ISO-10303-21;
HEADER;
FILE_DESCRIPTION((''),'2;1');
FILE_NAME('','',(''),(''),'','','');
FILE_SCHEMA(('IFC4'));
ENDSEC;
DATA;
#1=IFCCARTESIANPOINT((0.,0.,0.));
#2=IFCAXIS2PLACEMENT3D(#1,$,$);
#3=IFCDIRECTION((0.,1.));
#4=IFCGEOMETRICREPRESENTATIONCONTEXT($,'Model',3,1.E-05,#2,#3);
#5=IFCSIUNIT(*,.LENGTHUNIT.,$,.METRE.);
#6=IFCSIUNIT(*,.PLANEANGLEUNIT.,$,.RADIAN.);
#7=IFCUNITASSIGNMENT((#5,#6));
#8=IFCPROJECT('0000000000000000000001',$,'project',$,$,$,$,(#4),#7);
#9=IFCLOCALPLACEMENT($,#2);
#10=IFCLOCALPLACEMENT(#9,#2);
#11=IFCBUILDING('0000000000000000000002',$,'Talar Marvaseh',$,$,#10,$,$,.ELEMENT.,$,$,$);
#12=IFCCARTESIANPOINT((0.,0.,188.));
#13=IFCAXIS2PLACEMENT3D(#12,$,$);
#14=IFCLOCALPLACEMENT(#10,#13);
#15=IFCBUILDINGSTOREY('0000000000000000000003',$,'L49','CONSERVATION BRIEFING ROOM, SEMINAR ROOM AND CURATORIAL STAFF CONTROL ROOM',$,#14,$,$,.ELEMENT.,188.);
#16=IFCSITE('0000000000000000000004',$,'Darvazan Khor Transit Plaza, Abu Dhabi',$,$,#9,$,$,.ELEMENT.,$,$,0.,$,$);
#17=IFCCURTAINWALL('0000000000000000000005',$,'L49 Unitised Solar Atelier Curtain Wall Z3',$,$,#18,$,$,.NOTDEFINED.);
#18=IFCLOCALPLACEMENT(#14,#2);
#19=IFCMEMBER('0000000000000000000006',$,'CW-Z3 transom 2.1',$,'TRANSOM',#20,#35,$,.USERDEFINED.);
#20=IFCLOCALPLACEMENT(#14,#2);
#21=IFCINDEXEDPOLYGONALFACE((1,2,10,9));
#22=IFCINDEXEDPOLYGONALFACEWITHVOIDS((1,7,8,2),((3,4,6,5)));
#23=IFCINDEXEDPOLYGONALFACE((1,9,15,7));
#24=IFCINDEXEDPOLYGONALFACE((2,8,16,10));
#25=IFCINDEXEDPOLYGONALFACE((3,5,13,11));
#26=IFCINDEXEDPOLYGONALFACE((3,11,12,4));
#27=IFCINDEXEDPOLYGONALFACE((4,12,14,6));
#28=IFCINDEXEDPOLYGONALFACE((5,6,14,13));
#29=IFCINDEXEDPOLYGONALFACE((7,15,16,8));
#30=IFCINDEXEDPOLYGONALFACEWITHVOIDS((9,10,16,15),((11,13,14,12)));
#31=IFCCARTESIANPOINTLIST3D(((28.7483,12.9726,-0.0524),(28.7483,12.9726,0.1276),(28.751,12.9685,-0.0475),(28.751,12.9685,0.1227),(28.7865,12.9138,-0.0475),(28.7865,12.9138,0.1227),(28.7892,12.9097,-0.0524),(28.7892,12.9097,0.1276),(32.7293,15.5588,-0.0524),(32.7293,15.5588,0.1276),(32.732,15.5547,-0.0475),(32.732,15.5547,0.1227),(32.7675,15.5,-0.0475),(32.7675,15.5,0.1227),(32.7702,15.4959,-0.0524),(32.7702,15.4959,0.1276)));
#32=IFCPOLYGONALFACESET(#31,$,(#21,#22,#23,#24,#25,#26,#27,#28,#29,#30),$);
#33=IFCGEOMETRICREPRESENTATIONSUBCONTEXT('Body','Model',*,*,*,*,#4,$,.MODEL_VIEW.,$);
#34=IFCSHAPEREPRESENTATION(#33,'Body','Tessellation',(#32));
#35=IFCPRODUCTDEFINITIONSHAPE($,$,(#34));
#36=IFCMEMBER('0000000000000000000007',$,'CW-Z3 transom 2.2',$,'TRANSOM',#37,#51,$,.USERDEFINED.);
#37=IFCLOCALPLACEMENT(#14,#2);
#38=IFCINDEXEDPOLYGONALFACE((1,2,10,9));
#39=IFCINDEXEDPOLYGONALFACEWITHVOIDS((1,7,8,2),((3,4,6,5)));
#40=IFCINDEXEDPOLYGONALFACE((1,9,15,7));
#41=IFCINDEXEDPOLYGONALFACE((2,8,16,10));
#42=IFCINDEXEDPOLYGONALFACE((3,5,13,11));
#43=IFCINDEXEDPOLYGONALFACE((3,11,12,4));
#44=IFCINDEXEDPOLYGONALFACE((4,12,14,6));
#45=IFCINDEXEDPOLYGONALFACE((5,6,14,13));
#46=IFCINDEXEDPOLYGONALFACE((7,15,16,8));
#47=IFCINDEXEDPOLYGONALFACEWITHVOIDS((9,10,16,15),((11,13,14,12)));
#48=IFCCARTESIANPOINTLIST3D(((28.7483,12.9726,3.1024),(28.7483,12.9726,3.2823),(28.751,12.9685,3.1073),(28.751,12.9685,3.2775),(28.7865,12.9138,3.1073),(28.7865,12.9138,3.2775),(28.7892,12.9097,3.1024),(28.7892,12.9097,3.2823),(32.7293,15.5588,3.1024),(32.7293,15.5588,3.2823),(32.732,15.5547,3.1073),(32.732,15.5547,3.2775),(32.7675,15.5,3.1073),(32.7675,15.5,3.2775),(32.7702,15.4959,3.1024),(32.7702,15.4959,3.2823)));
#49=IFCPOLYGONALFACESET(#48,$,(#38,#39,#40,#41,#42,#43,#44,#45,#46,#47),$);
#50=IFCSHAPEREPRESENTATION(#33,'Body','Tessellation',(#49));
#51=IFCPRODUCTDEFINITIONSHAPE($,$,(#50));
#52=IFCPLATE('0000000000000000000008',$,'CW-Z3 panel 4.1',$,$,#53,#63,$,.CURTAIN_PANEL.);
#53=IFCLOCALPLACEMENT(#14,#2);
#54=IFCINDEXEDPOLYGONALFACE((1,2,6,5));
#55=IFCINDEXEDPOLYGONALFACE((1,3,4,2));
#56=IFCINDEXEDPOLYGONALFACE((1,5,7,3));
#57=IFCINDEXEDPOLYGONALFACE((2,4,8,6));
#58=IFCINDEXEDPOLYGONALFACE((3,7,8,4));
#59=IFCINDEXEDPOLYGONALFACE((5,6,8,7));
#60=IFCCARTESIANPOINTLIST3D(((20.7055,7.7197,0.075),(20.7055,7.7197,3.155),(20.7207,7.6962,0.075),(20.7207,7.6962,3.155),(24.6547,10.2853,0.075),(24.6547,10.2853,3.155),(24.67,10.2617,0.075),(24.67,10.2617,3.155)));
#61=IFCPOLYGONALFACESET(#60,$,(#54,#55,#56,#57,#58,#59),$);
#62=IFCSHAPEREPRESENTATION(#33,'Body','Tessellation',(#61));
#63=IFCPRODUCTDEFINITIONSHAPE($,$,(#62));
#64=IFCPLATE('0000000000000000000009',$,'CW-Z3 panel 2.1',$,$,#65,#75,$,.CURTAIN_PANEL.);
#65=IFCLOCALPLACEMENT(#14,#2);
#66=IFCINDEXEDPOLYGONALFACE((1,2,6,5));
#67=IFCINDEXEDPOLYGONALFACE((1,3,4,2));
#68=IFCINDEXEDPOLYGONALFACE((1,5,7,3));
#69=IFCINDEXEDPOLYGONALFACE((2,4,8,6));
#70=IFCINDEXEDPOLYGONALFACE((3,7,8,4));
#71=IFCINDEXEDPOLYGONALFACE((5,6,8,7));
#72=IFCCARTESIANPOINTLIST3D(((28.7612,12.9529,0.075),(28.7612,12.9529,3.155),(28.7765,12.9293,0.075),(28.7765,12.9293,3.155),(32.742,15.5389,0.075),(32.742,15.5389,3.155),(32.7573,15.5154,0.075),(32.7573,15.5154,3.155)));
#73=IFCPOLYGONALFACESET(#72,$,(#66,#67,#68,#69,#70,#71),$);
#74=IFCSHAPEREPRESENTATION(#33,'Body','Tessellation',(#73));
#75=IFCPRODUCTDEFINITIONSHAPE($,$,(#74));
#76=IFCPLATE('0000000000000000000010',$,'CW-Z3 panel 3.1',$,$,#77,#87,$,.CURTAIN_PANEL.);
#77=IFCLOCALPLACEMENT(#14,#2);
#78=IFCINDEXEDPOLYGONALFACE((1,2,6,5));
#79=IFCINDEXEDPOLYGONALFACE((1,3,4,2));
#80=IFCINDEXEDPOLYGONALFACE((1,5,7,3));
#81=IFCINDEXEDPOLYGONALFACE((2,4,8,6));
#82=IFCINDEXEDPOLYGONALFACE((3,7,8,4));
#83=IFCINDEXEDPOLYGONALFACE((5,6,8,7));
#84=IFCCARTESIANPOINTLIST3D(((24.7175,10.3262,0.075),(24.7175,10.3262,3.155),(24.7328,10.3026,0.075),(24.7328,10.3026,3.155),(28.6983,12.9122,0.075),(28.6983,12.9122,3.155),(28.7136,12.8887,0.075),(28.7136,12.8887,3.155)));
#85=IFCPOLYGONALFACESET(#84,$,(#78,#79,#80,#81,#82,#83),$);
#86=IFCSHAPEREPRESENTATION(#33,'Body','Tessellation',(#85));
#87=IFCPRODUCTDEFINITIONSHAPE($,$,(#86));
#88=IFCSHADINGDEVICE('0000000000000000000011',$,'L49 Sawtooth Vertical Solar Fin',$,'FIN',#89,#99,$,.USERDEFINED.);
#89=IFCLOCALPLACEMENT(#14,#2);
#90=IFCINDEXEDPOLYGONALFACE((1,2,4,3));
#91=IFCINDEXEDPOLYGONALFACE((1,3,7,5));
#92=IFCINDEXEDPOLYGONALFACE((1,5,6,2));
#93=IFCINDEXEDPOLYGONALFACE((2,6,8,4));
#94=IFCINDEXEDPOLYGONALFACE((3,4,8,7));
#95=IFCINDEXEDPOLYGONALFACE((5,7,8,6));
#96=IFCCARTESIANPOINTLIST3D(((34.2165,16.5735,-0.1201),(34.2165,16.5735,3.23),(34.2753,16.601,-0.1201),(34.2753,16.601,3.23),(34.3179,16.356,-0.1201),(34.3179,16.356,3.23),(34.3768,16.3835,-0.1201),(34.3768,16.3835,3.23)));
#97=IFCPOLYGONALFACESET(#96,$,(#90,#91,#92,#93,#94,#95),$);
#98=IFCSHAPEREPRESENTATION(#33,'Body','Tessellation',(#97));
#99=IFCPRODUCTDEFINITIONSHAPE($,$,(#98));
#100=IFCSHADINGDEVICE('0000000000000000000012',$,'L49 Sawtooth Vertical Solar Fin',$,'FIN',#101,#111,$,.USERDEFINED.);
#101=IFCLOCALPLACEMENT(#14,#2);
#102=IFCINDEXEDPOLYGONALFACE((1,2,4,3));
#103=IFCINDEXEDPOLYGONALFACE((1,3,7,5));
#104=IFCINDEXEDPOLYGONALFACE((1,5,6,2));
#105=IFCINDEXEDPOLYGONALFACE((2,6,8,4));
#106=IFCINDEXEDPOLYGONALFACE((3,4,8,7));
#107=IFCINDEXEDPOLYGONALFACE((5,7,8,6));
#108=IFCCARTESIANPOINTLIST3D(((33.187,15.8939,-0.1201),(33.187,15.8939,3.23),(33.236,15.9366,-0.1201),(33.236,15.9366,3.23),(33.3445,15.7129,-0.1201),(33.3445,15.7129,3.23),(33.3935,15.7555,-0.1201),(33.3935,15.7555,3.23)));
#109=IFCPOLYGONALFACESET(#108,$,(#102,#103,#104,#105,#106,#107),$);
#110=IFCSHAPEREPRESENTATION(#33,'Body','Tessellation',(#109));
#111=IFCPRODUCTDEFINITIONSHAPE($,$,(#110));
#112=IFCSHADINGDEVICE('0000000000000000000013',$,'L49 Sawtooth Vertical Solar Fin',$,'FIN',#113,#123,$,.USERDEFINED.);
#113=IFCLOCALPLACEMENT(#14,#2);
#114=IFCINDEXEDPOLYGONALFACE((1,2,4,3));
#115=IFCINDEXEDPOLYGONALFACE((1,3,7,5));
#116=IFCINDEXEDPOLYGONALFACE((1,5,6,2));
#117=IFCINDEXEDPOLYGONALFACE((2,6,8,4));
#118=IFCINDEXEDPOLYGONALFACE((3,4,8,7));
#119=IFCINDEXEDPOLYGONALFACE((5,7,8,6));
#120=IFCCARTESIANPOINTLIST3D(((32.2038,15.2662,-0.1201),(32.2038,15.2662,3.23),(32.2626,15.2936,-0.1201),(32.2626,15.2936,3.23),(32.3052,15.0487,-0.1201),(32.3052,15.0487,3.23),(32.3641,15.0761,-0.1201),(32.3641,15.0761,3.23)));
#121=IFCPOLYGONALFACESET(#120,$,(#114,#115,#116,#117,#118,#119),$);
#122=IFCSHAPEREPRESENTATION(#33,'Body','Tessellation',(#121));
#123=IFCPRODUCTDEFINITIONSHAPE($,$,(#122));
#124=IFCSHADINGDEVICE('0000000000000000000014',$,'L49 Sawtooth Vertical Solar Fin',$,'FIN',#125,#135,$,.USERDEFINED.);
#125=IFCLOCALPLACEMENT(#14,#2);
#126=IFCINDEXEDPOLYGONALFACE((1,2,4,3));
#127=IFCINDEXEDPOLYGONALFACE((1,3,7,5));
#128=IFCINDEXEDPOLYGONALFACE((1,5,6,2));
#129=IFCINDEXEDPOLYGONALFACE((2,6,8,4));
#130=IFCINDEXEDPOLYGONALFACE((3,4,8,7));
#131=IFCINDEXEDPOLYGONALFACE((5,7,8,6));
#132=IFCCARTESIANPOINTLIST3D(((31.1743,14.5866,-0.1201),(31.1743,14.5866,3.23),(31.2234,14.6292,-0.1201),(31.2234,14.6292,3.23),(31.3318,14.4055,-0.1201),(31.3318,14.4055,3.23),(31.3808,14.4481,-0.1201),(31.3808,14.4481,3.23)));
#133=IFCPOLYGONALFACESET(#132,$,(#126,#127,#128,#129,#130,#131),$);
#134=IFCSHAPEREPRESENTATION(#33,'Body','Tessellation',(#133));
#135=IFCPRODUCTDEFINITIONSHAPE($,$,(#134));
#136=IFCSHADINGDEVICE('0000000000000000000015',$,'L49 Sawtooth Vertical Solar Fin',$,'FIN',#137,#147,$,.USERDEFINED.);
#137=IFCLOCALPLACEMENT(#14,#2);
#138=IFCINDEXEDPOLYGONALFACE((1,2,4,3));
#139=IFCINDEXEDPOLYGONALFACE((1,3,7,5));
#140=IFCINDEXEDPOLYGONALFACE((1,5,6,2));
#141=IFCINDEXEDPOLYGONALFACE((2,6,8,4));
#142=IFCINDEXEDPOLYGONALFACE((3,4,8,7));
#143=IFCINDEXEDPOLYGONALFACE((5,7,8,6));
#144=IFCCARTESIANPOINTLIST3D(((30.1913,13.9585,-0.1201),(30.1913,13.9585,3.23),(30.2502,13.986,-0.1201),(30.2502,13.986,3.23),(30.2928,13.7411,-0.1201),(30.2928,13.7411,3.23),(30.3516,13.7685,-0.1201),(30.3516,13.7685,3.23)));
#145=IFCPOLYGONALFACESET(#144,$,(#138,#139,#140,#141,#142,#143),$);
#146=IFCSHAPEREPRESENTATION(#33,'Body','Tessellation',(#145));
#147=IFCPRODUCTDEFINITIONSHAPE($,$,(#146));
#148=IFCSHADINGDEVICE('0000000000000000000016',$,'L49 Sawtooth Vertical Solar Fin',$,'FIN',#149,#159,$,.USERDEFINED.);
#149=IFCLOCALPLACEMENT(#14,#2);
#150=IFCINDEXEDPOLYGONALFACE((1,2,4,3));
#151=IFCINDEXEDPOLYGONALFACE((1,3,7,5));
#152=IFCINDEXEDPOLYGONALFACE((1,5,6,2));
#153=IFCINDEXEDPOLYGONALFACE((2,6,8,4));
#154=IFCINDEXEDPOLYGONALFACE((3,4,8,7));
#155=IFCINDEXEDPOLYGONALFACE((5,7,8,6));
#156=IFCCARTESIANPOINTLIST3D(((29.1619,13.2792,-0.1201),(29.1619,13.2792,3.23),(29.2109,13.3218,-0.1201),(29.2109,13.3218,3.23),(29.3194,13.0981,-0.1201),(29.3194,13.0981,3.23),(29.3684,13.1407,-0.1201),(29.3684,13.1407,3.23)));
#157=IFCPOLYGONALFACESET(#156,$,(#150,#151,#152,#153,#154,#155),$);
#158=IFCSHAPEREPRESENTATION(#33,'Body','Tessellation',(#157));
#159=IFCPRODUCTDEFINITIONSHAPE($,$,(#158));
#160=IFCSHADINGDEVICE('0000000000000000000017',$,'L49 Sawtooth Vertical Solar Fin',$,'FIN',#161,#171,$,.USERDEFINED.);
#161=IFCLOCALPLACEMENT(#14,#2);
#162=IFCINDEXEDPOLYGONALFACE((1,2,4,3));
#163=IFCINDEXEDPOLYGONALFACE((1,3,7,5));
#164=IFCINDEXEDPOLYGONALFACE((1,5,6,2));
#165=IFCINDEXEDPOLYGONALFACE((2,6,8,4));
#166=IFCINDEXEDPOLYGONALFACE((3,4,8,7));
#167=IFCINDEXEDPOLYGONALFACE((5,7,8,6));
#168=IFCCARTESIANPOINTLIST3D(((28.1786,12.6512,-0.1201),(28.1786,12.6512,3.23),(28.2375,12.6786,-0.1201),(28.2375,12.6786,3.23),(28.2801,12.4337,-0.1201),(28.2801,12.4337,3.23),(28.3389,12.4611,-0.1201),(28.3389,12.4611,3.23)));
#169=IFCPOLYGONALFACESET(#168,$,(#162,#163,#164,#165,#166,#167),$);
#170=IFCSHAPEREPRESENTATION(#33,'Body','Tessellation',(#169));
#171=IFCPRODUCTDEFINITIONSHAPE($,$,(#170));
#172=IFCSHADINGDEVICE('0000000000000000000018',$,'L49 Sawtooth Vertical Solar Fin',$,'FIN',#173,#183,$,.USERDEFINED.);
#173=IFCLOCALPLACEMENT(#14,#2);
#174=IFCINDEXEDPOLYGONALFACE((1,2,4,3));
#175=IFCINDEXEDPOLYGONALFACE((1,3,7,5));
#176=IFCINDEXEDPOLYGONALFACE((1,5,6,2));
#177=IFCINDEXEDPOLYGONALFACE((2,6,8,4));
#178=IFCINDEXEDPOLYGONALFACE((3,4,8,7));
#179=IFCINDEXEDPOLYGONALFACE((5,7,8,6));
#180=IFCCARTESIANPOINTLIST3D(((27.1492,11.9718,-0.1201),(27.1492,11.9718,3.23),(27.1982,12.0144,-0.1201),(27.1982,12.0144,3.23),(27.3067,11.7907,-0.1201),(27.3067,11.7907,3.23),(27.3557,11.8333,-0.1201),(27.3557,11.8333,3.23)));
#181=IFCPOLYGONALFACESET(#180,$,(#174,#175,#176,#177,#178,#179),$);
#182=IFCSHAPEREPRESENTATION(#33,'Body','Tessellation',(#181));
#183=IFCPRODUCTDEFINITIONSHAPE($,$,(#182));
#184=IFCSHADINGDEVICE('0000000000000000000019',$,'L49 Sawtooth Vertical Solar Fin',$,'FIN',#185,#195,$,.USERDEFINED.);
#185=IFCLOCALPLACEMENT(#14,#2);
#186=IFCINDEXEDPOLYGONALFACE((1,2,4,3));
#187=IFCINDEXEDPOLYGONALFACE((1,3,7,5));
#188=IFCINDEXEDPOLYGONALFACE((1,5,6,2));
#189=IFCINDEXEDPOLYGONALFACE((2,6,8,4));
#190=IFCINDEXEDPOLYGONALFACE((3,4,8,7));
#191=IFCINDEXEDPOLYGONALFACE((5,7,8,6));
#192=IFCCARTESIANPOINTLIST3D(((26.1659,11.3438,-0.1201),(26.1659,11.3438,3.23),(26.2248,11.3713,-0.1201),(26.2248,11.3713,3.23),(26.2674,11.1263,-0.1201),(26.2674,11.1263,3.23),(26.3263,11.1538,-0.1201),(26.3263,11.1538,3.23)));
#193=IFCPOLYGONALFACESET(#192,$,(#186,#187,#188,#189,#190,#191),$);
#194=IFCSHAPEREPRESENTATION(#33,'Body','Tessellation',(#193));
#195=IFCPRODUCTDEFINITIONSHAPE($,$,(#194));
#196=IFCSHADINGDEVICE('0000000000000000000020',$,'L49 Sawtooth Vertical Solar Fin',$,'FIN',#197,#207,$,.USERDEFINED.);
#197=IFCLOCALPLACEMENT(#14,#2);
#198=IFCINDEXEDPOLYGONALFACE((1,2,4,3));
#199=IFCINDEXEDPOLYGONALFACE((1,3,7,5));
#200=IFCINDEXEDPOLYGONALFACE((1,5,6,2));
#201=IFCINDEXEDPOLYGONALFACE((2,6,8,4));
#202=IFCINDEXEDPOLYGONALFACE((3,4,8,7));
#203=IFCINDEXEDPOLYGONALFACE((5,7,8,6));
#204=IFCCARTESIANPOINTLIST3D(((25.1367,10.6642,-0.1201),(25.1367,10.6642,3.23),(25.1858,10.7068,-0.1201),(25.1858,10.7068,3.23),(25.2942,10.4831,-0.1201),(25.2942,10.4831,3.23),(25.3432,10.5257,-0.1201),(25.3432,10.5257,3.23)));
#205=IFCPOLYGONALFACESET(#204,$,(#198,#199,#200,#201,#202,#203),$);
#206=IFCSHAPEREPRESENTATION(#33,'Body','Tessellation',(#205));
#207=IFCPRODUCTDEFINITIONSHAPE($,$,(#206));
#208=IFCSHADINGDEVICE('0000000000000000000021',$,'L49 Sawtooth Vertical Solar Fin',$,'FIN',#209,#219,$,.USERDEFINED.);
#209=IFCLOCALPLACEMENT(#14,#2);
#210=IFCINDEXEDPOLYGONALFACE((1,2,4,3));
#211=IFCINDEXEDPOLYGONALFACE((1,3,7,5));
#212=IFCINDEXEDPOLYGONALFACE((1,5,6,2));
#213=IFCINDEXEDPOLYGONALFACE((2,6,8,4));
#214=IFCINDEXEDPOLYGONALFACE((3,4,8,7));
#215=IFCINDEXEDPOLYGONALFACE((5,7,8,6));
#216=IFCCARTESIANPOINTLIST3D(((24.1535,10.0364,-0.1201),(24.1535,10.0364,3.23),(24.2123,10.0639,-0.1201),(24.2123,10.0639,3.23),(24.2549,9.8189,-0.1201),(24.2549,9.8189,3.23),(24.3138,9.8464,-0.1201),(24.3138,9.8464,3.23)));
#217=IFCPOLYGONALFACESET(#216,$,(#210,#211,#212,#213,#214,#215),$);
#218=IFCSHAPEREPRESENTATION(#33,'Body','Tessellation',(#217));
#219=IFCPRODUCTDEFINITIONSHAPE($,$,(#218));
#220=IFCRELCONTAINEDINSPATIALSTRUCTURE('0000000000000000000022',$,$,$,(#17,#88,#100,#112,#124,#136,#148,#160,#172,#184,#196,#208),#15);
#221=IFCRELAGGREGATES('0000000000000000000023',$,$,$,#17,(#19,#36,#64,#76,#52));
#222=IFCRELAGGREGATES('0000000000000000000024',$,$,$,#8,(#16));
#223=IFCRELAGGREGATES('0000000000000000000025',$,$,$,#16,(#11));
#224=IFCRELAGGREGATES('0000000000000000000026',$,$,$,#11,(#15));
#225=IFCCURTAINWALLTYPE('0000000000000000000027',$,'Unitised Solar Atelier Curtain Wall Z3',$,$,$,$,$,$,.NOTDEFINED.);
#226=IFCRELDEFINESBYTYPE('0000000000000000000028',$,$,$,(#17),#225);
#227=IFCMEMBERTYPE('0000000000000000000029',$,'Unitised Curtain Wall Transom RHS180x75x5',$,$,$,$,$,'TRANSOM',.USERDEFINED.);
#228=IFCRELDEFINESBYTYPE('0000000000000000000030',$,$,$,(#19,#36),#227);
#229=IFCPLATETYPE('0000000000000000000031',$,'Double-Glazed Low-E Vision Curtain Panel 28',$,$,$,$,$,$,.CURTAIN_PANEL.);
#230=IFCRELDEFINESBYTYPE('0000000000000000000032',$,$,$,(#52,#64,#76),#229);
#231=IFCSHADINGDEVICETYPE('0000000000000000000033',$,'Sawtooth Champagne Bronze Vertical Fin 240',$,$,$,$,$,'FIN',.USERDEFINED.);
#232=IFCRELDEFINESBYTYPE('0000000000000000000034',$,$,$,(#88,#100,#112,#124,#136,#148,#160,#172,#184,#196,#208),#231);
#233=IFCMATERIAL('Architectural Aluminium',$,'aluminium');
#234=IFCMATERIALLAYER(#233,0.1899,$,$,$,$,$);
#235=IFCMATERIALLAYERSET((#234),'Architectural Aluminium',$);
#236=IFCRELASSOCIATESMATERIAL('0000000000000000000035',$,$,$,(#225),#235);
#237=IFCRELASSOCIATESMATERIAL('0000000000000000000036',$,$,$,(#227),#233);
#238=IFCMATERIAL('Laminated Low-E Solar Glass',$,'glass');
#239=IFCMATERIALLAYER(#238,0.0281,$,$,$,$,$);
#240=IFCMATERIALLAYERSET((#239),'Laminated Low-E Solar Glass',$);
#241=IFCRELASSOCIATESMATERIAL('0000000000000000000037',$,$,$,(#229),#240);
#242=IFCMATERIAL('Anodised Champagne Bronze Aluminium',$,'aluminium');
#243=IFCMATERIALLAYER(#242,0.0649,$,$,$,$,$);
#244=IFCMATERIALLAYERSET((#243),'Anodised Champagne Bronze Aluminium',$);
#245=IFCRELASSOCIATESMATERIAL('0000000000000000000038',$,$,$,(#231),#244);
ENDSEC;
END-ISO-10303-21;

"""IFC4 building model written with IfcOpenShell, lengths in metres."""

from ifc_helpers import new_model, si_unit, direction, frame, origin, origin_2d, place, context, subcontext, project, spatial, rectangle, hollow_rectangle, extrude, source, transform, mapped, material, layer, layer_set, material_profile, profile_set, type_object, type_shapes, element, aggregate, save


model = new_model("IFC4")

# Units and contexts
model_context = context("Model", 3, precision=1e-05, world=origin(), true_north=direction((0.0, 1.0)))
body_context = subcontext(model_context, "Body", "Model", "MODEL_VIEW")
ifc_project = project(units=[si_unit("LENGTHUNIT", "METRE"), si_unit("PLANEANGLEUNIT", "RADIAN")], contexts=[model_context])

# Site, building, storey
site_placement = place(None, origin())
site = spatial("IfcSite", under=ifc_project, at=site_placement, Name="Darvazan Khor Transit Plaza, Abu Dhabi", CompositionType="ELEMENT", RefElevation=0.0)
building_placement = place(site_placement, origin())
building = spatial("IfcBuilding", under=site, at=building_placement, Name="Talar Marvaseh", CompositionType="ELEMENT")
storey_placement = place(building_placement, frame((0.0, 0.0, 188.0)))
storey = spatial("IfcBuildingStorey", under=building, at=storey_placement, Name="L49", Description="CONSERVATION BRIEFING ROOM, SEMINAR ROOM AND CURATORIAL STAFF CONTROL ROOM", CompositionType="ELEMENT", Elevation=188.0)

# Curtain wall, members, plates
ifc_material_1 = material(Name="Architectural Aluminium", Category="aluminium")
ifc_layer_1 = layer(ifc_material_1, 0.1899)
ifc_layer_set_1 = layer_set([ifc_layer_1], Name="Architectural Aluminium")
curtain_wall_type = type_object("IfcCurtainWallType", Name="Unitised Solar Atelier Curtain Wall Z3", PredefinedType="NOTDEFINED", material=ifc_layer_set_1)
curtain_wall_placement = place(storey_placement, origin())
curtain_wall = element("IfcCurtainWall", 1, at=curtain_wall_placement, inside=storey, type_object=curtain_wall_type, Name="L49 Unitised Solar Atelier Curtain Wall Z3", PredefinedType="NOTDEFINED")
ifc_material_profile_1 = material_profile(ifc_material_1, hollow_rectangle(XDim=0.075, YDim=0.1799, WallThickness=0.0049, at=origin_2d()), Name="RHS180x75x5")
ifc_profile_set_1 = profile_set([ifc_material_profile_1], Name="Architectural Aluminium")
member_type_1 = type_object("IfcMemberType", Name="Unitised Curtain Wall Transom RHS180x75x5", ElementType="TRANSOM", PredefinedType="USERDEFINED", material=ifc_profile_set_1)
shared_shape_1 = source(origin(), body_context, "Body", "SweptSolid", [
    extrude(hollow_rectangle(XDim=0.075, YDim=0.1799, WallThickness=0.0049, at=origin_2d()), origin(), (0.0, 0.0, 1.0), 4.7473),
])
member_1_placement = place(storey_placement, frame((32.7498, 15.5273, 0.0376), z_axis=(-0.838582, -0.544775, 0.0), x_axis=(0.544775, -0.838582, 0.0)))
member_1 = element("IfcMember", 2, at=member_1_placement, type_object=member_type_1, Name="CW-Z3 transom 2.1", ObjectType="TRANSOM", PredefinedType="USERDEFINED", context=body_context, shape_type="MappedRepresentation", body=[
    mapped(shared_shape_1, transform((0.0, 0.0, 0.0), x_axis=(1.0, 0.0, 0.0), y_axis=(0.0, 1.0, 0.0), z_axis=(0.0, 0.0, 1.0), scale=1.0)),
])
member_2_placement = place(storey_placement, frame((32.7498, 15.5273, 3.1924), z_axis=(-0.838582, -0.544775, 0.0), x_axis=(0.544775, -0.838582, 0.0)))
member_2 = element("IfcMember", 3, at=member_2_placement, type_object=member_type_1, Name="CW-Z3 transom 2.2", ObjectType="TRANSOM", PredefinedType="USERDEFINED", context=body_context, shape_type="MappedRepresentation", body=[
    mapped(shared_shape_1, transform((0.0, 0.0, 0.0), x_axis=(1.0, 0.0, 0.0), y_axis=(0.0, 1.0, 0.0), z_axis=(0.0, 0.0, 1.0), scale=1.0)),
])
ifc_material_2 = material(Name="Laminated Low-E Solar Glass", Category="glass")
ifc_layer_2 = layer(ifc_material_2, 0.0281)
ifc_layer_set_2 = layer_set([ifc_layer_2], Name="Laminated Low-E Solar Glass")
plate_type = type_object("IfcPlateType", Name="Double-Glazed Low-E Vision Curtain Panel 28", PredefinedType="CURTAIN_PANEL", material=ifc_layer_set_2)
shared_shape_2 = source(origin(), body_context, "Body", "SweptSolid", [
    extrude(rectangle(XDim=4.7095, YDim=0.0281, at=origin_2d()), origin(), (0.0, 0.0, 1.0), 3.0801),
])
plate_1_placement = place(storey_placement, frame((22.6877, 8.9907, 0.075), z_axis=(0.0, 0.0, 1.0), x_axis=(-0.838585, -0.544771, 0.0)))
plate_1 = element("IfcPlate", 4, at=plate_1_placement, type_object=plate_type, Name="CW-Z3 panel 4.1", PredefinedType="CURTAIN_PANEL", context=body_context, shape_type="MappedRepresentation", body=[
    mapped(shared_shape_2, transform((0.0, 0.0, 0.0), x_axis=(1.0, 0.0, 0.0), y_axis=(0.0, 1.0, 0.0), z_axis=(0.0, 0.0, 1.0), scale=1.0)),
])
shared_shape_3 = source(origin(), body_context, "Body", "SweptSolid", [
    extrude(rectangle(XDim=4.7471, YDim=0.0281, at=origin_2d()), origin(), (0.0, 0.0, 1.0), 3.0801),
])
type_shapes(plate_type, [shared_shape_2, shared_shape_3])
plate_2_placement = place(storey_placement, frame((30.7593, 14.2341, 0.075), z_axis=(0.0, 0.0, 1.0), x_axis=(-0.838585, -0.544771, 0.0)))
plate_2 = element("IfcPlate", 5, at=plate_2_placement, type_object=plate_type, Name="CW-Z3 panel 2.1", PredefinedType="CURTAIN_PANEL", context=body_context, shape_type="MappedRepresentation", body=[
    mapped(shared_shape_3, transform((0.0, 0.0, 0.0), x_axis=(1.0, 0.0, 0.0), y_axis=(0.0, 1.0, 0.0), z_axis=(0.0, 0.0, 1.0), scale=1.0)),
])
plate_3_placement = place(storey_placement, frame((26.7156, 11.6074, 0.075), z_axis=(0.0, 0.0, 1.0), x_axis=(-0.838585, -0.544771, 0.0)))
plate_3 = element("IfcPlate", 6, at=plate_3_placement, type_object=plate_type, Name="CW-Z3 panel 3.1", PredefinedType="CURTAIN_PANEL", context=body_context, shape_type="MappedRepresentation", body=[
    mapped(shared_shape_3, transform((0.0, 0.0, 0.0), x_axis=(1.0, 0.0, 0.0), y_axis=(0.0, 1.0, 0.0), z_axis=(0.0, 0.0, 1.0), scale=1.0)),
])
aggregate(curtain_wall, [member_1, member_2, plate_2, plate_3, plate_1])

# Shading devices
ifc_material_3 = material(Name="Anodised Champagne Bronze Aluminium", Category="aluminium")
ifc_layer_3 = layer(ifc_material_3, 0.0649)
ifc_layer_set_3 = layer_set([ifc_layer_3], Name="Anodised Champagne Bronze Aluminium")
shading_device_type = type_object("IfcShadingDeviceType", Name="Sawtooth Champagne Bronze Vertical Fin 240", ElementType="FIN", PredefinedType="USERDEFINED", material=ifc_layer_set_3)
shared_shape_4 = source(origin(), body_context, "Body", "SweptSolid", [
    extrude(rectangle(XDim=0.24, YDim=0.0649, at=origin_2d()), origin(), (0.0, 0.0, 1.0), 3.3501),
])
type_shapes(shading_device_type, [shared_shape_4])
for number, where, z_axis, x_axis, name in (
    (7, (34.2966, 16.4785, -0.1201), (0.0, 0.0, 1.0), (0.422776, -0.906234, 0.0), "L49 Sawtooth Vertical Solar Fin"),
    (8, (33.2903, 15.8247, -0.1201), (0.0, 0.0, 1.0), (0.656191, -0.754595, 0.0), "L49 Sawtooth Vertical Solar Fin"),
    (9, (32.2839, 15.1711, -0.1201), (0.0, 0.0, 1.0), (0.422776, -0.906234, 0.0), "L49 Sawtooth Vertical Solar Fin"),
    (10, (31.2776, 14.5173, -0.1201), (0.0, 0.0, 1.0), (0.656191, -0.754595, 0.0), "L49 Sawtooth Vertical Solar Fin"),
    (11, (30.2715, 13.8635, -0.1201), (0.0, 0.0, 1.0), (0.422776, -0.906234, 0.0), "L49 Sawtooth Vertical Solar Fin"),
    (12, (29.2651, 13.21, -0.1201), (0.0, 0.0, 1.0), (0.656191, -0.754595, 0.0), "L49 Sawtooth Vertical Solar Fin"),
    (13, (28.2588, 12.5562, -0.1201), (0.0, 0.0, 1.0), (0.422776, -0.906234, 0.0), "L49 Sawtooth Vertical Solar Fin"),
    (14, (27.2524, 11.9026, -0.1201), (0.0, 0.0, 1.0), (0.656191, -0.754595, 0.0), "L49 Sawtooth Vertical Solar Fin"),
    (15, (26.2461, 11.2488, -0.1201), (0.0, 0.0, 1.0), (0.422776, -0.906234, 0.0), "L49 Sawtooth Vertical Solar Fin"),
    (16, (25.24, 10.595, -0.1201), (0.0, 0.0, 1.0), (0.656191, -0.754595, 0.0), "L49 Sawtooth Vertical Solar Fin"),
    (17, (24.2336, 9.9414, -0.1201), (0.0, 0.0, 1.0), (0.422776, -0.906234, 0.0), "L49 Sawtooth Vertical Solar Fin"),
):
    element("IfcShadingDevice", number, at=place(storey_placement, frame(where, z_axis=z_axis, x_axis=x_axis)), inside=storey, type_object=shading_device_type, Name=name, ObjectType="FIN", PredefinedType="USERDEFINED", context=body_context, shape_type="MappedRepresentation", body=[
        mapped(shared_shape_4, transform((0.0, 0.0, 0.0), x_axis=(1.0, 0.0, 0.0), y_axis=(0.0, 1.0, 0.0), z_axis=(0.0, 0.0, 1.0), scale=1.0)),
    ])

save(model, "model.ifc")
